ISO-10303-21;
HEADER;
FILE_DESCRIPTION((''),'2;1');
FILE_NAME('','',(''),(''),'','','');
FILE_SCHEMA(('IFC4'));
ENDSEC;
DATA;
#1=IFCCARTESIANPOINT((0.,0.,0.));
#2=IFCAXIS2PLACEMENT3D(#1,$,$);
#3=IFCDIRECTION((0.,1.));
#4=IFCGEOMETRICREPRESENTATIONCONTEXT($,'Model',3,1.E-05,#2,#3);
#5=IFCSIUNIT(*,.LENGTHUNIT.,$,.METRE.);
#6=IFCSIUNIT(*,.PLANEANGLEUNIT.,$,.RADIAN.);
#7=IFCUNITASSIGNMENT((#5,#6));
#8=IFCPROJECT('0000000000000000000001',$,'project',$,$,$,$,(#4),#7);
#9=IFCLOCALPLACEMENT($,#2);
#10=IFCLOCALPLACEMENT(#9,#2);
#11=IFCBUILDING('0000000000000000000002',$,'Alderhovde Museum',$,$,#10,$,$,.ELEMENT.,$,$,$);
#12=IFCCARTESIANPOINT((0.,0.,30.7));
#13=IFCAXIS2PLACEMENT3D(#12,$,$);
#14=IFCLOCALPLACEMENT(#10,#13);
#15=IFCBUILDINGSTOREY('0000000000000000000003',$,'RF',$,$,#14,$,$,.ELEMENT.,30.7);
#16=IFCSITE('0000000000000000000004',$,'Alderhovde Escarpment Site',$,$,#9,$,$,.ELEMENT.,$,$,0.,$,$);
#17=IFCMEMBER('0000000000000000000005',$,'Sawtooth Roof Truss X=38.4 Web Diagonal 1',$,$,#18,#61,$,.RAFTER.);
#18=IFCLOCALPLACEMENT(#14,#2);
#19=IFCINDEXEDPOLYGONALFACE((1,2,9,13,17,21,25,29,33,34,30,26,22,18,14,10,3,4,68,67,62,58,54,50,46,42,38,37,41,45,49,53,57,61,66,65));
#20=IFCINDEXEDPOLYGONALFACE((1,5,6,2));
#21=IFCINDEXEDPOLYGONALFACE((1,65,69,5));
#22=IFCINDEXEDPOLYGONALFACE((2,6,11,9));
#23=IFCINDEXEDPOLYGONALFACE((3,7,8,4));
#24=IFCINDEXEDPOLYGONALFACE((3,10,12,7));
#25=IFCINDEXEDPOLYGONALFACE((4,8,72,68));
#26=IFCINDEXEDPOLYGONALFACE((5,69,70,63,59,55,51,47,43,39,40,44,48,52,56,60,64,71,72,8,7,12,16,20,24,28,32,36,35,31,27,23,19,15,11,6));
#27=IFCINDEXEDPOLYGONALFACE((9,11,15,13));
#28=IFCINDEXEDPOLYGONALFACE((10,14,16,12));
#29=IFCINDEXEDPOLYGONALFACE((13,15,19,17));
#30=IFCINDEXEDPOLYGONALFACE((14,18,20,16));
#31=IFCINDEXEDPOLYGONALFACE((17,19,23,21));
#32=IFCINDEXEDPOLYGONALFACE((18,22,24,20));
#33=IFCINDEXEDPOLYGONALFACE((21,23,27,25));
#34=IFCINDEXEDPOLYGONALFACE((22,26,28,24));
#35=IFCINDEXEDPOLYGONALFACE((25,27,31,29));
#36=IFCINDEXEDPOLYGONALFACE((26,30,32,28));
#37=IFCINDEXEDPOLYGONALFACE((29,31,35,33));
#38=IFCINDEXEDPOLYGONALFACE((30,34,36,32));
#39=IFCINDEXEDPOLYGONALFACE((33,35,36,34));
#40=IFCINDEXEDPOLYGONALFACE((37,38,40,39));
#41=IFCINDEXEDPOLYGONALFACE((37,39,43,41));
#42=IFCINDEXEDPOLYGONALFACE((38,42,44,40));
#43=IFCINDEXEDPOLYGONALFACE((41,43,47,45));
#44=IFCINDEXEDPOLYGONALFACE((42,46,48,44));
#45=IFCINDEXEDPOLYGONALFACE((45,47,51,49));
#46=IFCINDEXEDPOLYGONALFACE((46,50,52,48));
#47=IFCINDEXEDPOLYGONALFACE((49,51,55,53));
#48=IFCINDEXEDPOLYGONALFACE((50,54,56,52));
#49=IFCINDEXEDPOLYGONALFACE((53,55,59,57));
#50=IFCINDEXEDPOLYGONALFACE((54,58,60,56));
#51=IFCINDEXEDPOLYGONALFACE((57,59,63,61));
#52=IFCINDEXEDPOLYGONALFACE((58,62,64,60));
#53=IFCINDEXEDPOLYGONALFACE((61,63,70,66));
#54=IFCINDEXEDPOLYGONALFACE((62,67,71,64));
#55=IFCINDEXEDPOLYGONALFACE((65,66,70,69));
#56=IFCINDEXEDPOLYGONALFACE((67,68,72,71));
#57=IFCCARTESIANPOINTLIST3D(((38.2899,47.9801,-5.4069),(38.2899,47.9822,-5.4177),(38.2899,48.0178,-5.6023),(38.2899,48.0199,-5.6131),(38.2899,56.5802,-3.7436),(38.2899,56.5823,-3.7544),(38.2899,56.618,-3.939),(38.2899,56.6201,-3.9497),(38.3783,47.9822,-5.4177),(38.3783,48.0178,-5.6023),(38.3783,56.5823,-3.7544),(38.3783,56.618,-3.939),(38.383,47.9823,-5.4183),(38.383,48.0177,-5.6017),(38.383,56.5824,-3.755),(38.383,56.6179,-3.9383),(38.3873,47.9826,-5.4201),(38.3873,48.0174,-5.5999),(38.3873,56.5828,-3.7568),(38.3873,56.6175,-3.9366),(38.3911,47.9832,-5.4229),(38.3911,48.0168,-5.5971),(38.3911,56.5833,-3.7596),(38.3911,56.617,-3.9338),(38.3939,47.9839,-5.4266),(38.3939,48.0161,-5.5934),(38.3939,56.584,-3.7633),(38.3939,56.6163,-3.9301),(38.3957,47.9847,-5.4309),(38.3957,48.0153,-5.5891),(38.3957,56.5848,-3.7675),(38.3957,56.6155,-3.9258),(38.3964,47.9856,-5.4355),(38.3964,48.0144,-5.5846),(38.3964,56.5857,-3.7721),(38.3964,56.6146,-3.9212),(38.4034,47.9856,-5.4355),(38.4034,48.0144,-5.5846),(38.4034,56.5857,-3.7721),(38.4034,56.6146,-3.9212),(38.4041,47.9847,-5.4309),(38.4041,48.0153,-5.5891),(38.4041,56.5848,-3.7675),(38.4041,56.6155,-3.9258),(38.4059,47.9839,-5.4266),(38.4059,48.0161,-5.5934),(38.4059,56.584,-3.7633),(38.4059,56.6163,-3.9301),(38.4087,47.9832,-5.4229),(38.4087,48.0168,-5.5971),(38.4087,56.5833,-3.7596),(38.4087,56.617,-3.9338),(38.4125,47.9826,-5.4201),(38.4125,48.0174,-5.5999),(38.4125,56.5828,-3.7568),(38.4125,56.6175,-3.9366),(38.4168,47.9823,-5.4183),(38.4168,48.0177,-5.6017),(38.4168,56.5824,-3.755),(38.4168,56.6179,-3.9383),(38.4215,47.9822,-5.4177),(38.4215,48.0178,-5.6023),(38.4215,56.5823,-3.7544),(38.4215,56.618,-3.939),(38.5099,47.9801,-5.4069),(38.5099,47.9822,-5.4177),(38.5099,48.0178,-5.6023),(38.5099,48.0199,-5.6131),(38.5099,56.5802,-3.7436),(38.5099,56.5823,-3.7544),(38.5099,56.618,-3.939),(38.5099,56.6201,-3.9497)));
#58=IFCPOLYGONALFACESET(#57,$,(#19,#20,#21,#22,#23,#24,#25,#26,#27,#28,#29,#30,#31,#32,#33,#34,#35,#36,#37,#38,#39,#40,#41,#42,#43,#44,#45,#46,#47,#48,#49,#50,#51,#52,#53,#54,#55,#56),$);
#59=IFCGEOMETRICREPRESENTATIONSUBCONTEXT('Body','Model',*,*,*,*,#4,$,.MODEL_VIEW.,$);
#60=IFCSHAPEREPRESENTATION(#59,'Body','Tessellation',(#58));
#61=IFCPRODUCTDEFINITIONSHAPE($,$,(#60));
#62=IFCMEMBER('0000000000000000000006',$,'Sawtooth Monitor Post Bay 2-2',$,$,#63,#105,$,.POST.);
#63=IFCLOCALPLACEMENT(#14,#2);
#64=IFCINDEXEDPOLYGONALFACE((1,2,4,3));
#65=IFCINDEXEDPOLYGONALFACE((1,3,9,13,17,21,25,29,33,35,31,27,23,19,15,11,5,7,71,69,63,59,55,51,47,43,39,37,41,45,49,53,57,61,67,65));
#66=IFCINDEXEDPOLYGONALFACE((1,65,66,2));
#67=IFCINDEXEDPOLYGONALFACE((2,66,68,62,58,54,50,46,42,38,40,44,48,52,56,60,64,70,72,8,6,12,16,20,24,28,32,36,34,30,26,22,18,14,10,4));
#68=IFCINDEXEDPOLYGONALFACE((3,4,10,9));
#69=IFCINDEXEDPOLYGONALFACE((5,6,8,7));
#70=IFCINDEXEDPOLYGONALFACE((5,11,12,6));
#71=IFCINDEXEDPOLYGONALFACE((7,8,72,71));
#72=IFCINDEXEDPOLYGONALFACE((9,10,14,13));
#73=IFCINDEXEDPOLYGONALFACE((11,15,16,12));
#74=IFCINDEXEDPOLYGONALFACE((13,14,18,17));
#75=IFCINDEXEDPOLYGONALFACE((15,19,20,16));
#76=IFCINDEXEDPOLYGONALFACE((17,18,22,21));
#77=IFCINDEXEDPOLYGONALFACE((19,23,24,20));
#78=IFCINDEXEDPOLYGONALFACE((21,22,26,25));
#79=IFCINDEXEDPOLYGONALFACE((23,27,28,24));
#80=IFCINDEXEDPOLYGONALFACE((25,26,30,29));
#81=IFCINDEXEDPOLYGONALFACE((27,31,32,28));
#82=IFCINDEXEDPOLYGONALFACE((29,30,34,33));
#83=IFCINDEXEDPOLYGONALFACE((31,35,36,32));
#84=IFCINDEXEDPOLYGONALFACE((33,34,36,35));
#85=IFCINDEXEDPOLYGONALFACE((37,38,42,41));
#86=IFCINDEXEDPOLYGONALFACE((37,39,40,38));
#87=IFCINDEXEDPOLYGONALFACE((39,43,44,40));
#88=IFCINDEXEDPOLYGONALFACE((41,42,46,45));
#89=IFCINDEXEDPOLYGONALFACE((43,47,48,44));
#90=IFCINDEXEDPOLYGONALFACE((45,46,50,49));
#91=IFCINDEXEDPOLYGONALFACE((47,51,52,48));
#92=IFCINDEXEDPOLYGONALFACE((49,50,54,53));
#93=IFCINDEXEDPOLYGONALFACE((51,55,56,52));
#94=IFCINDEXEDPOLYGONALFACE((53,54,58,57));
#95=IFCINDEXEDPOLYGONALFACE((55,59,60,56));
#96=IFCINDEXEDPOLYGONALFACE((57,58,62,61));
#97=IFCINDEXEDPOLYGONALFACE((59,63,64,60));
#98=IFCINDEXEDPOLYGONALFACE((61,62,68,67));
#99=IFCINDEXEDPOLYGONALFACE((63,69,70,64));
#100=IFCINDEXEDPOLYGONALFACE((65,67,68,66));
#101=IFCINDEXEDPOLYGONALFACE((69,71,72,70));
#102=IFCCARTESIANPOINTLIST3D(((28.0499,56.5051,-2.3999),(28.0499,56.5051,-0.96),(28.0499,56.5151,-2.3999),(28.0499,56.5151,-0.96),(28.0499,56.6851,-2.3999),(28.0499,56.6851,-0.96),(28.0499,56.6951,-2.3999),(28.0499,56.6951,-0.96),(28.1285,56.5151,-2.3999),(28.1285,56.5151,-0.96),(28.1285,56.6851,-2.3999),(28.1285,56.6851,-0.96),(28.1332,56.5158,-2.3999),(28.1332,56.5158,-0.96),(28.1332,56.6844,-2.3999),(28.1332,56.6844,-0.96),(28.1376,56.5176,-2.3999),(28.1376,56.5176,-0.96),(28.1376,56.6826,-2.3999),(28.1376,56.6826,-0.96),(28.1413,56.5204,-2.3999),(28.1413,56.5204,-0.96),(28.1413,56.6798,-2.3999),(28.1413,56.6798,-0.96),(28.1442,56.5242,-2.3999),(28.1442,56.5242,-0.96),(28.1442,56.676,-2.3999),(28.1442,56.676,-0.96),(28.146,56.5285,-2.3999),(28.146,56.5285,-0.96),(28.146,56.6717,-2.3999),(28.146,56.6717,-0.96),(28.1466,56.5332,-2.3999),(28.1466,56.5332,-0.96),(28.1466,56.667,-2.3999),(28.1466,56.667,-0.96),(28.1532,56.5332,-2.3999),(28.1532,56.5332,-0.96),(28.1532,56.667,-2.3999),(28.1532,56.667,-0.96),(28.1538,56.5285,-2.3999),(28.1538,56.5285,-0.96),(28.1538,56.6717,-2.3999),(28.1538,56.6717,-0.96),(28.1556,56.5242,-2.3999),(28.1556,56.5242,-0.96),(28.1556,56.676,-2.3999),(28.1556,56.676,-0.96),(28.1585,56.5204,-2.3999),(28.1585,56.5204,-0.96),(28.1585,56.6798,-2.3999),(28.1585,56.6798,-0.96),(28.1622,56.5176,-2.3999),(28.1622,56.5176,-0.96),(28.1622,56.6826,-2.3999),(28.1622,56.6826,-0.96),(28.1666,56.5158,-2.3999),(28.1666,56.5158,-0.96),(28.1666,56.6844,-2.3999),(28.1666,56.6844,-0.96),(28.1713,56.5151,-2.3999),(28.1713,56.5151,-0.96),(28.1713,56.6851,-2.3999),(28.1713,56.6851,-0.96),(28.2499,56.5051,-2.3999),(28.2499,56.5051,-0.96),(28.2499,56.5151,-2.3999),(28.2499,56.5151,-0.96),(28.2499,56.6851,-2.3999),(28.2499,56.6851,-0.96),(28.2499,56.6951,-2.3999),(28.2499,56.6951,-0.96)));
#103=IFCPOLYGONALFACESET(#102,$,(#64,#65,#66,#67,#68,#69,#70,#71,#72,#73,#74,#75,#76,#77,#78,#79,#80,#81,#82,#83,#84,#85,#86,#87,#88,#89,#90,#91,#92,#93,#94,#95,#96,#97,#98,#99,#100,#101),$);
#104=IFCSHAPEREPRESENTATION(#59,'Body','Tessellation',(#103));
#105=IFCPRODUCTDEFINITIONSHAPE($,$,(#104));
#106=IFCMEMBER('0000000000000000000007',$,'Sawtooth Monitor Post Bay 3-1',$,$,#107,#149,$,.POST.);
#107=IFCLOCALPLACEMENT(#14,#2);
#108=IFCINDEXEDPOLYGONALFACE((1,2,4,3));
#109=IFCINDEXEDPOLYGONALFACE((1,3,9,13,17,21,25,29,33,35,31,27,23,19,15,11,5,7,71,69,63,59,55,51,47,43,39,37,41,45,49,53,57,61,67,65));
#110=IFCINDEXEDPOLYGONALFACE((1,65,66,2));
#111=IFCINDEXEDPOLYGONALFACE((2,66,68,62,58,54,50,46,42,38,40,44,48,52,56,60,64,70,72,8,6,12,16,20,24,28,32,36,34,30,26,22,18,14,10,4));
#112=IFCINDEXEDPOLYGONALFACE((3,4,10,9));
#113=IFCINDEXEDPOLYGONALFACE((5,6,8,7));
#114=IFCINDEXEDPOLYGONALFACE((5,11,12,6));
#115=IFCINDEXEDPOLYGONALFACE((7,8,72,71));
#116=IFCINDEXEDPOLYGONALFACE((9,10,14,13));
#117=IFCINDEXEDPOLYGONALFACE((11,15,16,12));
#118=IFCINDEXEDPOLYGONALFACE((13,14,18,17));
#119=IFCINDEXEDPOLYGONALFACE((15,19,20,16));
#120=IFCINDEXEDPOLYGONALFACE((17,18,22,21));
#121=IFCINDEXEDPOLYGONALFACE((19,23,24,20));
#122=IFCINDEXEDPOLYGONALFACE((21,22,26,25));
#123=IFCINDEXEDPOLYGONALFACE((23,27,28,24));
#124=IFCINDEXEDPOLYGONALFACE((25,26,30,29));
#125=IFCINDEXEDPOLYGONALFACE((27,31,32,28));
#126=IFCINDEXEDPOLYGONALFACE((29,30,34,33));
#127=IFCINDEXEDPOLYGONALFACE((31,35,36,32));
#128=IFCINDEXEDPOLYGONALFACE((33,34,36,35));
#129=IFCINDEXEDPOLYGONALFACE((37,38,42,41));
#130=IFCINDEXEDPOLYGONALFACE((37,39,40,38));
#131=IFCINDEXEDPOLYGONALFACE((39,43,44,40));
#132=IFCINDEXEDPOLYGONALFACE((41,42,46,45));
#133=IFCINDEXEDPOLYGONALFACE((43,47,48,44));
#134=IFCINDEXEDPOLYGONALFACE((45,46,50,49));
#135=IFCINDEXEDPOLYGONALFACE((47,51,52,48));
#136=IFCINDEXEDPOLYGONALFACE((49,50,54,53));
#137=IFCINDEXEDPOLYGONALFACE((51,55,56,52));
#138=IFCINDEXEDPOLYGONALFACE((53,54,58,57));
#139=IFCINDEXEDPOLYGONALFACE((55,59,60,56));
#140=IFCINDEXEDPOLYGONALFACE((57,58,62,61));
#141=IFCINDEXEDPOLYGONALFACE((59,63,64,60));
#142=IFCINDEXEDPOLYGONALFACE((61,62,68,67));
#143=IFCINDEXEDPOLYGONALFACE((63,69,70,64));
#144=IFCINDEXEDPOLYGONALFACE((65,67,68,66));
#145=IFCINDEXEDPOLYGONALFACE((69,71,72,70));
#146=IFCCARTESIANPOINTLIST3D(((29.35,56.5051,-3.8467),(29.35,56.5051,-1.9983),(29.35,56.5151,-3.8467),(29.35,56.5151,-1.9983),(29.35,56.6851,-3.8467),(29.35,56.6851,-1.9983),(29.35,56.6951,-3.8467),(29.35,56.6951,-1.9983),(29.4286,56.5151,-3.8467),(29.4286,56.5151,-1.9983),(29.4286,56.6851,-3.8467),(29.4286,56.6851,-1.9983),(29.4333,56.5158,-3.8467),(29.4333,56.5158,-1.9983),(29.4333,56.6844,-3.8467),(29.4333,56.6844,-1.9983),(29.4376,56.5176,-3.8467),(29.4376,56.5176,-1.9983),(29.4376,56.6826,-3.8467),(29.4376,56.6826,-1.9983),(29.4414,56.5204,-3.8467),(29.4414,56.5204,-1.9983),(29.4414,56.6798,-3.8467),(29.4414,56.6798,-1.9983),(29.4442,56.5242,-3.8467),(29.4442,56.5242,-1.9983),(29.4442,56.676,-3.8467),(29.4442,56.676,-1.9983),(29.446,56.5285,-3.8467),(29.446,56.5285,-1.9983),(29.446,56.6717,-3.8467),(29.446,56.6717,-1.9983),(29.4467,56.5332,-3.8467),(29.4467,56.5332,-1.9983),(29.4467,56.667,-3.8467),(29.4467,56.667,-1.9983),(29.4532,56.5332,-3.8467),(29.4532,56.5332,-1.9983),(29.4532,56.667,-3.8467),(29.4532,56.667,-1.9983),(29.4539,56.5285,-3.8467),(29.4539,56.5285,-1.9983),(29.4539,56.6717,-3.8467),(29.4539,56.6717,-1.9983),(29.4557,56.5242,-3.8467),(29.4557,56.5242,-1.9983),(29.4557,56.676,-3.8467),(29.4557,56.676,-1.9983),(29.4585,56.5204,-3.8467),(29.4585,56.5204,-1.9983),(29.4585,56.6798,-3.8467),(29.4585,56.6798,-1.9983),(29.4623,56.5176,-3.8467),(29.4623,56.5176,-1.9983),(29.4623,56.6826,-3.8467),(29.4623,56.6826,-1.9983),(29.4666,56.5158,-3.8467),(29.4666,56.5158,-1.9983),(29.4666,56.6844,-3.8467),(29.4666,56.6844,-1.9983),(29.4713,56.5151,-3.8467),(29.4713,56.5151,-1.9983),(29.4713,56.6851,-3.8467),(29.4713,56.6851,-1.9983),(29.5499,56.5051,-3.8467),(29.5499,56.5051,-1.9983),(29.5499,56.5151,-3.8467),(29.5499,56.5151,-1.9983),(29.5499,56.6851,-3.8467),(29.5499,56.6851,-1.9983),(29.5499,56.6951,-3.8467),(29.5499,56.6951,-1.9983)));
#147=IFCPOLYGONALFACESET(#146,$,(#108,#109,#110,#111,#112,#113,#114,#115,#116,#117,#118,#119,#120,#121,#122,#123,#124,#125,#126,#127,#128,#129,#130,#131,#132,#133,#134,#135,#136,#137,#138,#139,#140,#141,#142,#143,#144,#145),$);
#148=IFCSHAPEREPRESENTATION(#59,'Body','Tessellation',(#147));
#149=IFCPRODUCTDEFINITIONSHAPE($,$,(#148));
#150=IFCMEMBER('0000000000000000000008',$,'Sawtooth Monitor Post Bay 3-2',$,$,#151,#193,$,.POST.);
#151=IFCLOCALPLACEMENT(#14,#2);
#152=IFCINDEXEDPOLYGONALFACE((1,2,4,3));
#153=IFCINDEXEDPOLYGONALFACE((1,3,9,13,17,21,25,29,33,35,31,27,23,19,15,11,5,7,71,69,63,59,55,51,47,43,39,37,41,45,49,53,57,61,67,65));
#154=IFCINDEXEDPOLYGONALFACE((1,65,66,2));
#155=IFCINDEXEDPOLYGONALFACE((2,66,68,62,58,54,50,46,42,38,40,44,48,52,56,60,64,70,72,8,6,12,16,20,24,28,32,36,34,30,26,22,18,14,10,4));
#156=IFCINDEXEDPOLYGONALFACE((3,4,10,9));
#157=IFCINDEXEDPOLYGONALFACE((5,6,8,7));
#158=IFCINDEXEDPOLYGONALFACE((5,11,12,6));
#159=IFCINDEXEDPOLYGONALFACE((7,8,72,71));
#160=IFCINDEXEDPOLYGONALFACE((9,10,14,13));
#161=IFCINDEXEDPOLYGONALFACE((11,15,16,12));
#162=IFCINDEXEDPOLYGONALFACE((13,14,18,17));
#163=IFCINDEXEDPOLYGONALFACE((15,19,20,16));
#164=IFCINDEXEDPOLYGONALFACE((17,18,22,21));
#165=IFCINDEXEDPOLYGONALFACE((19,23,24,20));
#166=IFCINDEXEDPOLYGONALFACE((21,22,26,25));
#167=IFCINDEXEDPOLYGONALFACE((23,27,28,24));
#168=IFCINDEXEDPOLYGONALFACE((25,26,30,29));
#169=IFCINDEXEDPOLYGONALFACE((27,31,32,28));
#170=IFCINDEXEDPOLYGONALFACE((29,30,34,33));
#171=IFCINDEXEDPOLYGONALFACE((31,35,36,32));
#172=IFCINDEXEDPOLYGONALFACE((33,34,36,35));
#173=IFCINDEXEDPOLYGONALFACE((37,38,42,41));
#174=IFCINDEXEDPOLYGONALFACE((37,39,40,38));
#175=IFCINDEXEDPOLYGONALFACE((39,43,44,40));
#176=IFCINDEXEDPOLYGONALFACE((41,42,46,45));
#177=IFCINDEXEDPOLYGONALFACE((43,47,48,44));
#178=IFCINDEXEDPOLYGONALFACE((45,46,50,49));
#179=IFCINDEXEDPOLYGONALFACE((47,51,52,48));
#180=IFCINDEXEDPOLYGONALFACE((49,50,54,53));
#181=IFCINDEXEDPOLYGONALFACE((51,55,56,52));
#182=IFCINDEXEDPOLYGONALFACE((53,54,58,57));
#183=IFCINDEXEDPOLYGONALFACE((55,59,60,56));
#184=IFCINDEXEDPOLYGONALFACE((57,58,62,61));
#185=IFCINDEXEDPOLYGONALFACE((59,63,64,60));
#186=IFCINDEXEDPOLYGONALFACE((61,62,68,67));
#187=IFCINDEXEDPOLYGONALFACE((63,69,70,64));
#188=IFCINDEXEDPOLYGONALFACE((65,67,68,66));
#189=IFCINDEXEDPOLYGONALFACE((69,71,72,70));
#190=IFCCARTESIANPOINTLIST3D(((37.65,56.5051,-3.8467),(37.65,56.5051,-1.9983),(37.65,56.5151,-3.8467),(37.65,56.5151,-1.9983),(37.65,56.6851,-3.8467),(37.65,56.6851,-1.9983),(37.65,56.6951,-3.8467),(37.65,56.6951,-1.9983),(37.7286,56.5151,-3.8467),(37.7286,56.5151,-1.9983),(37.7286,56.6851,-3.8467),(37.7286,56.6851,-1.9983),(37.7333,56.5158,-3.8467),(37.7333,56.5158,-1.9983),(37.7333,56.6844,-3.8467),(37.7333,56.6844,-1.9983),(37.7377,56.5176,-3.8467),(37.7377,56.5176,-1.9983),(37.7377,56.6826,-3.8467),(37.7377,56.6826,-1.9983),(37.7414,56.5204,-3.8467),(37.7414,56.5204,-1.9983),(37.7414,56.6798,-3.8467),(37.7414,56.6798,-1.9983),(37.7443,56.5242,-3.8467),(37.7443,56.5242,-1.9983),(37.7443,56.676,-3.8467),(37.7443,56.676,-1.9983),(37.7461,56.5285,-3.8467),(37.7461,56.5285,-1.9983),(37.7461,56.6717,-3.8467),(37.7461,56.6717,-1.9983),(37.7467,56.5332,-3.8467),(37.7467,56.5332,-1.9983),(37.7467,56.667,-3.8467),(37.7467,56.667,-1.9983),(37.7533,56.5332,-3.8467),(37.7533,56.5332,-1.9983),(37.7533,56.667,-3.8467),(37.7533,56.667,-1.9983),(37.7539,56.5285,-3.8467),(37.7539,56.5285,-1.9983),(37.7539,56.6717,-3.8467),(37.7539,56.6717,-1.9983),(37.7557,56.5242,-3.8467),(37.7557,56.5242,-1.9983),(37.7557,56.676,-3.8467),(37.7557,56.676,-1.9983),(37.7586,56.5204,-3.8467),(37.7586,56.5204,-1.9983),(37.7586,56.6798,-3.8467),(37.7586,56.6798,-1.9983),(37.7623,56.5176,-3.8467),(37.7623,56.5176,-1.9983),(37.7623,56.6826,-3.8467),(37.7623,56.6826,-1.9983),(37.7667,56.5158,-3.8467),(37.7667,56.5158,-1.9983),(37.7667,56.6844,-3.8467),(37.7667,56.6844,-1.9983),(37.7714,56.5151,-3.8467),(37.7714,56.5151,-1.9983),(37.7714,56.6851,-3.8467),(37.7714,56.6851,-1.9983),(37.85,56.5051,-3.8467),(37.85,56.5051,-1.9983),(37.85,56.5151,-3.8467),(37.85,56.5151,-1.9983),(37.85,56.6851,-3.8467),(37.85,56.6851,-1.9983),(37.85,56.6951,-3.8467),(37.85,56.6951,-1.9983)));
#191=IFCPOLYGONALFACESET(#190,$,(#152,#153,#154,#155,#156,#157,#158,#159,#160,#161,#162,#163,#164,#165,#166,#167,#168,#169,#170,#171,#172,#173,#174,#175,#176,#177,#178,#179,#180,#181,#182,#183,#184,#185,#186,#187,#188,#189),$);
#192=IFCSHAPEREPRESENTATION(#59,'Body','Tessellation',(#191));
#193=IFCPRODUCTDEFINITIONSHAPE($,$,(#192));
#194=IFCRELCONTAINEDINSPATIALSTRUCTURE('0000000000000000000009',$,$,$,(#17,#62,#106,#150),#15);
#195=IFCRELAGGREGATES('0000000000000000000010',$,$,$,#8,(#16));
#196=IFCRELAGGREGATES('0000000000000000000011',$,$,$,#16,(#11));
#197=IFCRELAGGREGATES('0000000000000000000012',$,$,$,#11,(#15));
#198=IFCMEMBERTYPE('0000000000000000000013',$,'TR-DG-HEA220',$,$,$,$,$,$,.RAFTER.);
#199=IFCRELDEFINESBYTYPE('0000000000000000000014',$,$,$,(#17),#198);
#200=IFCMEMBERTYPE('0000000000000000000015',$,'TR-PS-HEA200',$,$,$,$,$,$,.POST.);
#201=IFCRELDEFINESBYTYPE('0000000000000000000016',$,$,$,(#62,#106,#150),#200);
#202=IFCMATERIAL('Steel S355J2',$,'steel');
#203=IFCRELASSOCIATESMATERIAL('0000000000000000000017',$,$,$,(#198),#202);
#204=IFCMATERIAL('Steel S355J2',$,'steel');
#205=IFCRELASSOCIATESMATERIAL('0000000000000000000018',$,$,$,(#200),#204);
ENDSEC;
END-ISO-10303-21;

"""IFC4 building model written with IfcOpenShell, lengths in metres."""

from ifc_helpers import new_model, si_unit, direction, frame, origin, origin_2d, place, context, subcontext, project, spatial, i_section, extrude, material, material_profile, profile_set, type_object, element, save


model = new_model("IFC4")

# Units and contexts
model_context = context("Model", 3, precision=1e-05, world=origin(), true_north=direction((0.0, 1.0)))
body_context = subcontext(model_context, "Body", "Model", "MODEL_VIEW")
ifc_project = project(units=[si_unit("LENGTHUNIT", "METRE"), si_unit("PLANEANGLEUNIT", "RADIAN")], contexts=[model_context])

# Site, building, storey
site_placement = place(None, origin())
site = spatial("IfcSite", under=ifc_project, at=site_placement, Name="Alderhovde Escarpment Site", CompositionType="ELEMENT", RefElevation=0.0)
building_placement = place(site_placement, origin())
building = spatial("IfcBuilding", under=site, at=building_placement, Name="Alderhovde Museum", CompositionType="ELEMENT")
storey_placement = place(building_placement, frame((0.0, 0.0, 30.7)))
storey = spatial("IfcBuildingStorey", under=building, at=storey_placement, Name="RF", CompositionType="ELEMENT", Elevation=30.7)

# Members
ifc_material_1 = material(Name="Steel S355J2", Category="steel")
ifc_material_profile_1 = material_profile(ifc_material_1, i_section(OverallWidth=0.22, OverallDepth=0.21, WebThickness=0.0071, FlangeThickness=0.011, FilletRadius=0.0181, at=origin_2d()), Name="HEA 220")
ifc_profile_set_1 = profile_set([ifc_material_profile_1], Name="Steel S355J2")
member_type_1 = type_object("IfcMemberType", Name="TR-DG-HEA220", PredefinedType="RAFTER", material=ifc_profile_set_1)
member_1_placement = place(storey_placement, frame((38.3999, 48.0, -5.51), z_axis=(0.0, 0.981806, 0.189889), x_axis=(-1.0, 0.0, 0.0)))
element("IfcMember", 1, at=member_1_placement, inside=storey, type_object=member_type_1, Name="Sawtooth Roof Truss X=38.4 Web Diagonal 1", PredefinedType="RAFTER", context=body_context, shape_type="SweptSolid", body=[
    extrude(i_section(OverallWidth=0.22, OverallDepth=0.21, WebThickness=0.0071, FlangeThickness=0.011, FilletRadius=0.0181, at=origin_2d()), origin(), (0.0, 0.0, 1.0), 8.7595),
])
ifc_material_2 = material(Name="Steel S355J2", Category="steel")
ifc_material_profile_2 = material_profile(ifc_material_2, i_section(OverallWidth=0.2, OverallDepth=0.1899, WebThickness=0.0066, FlangeThickness=0.01, FilletRadius=0.0181, at=origin_2d()), Name="HEA 200")
ifc_profile_set_2 = profile_set([ifc_material_profile_2], Name="Steel S355J2")
member_type_2 = type_object("IfcMemberType", Name="TR-PS-HEA200", PredefinedType="POST", material=ifc_profile_set_2)
member_2_placement = place(storey_placement, frame((28.1499, 56.6001, -2.3999), z_axis=(0.0, 0.0, 1.0), x_axis=(1.0, 0.0, 0.0)))
element("IfcMember", 2, at=member_2_placement, inside=storey, type_object=member_type_2, Name="Sawtooth Monitor Post Bay 2-2", PredefinedType="POST", context=body_context, shape_type="SweptSolid", body=[
    extrude(i_section(OverallWidth=0.2, OverallDepth=0.1899, WebThickness=0.0066, FlangeThickness=0.01, FilletRadius=0.0181, at=origin_2d()), origin(), (0.0, 0.0, 1.0), 1.4399),
])
for number, where, z_axis, x_axis, name in (
    (3, (29.45, 56.6001, -3.8467), (0.0, 0.0, 1.0), (1.0, 0.0, 0.0), "Sawtooth Monitor Post Bay 3-1"),
    (4, (37.75, 56.6001, -3.8467), (0.0, 0.0, 1.0), (1.0, 0.0, 0.0), "Sawtooth Monitor Post Bay 3-2"),
):
    element("IfcMember", number, at=place(storey_placement, frame(where, z_axis=z_axis, x_axis=x_axis)), inside=storey, type_object=member_type_2, Name=name, PredefinedType="POST", context=body_context, shape_type="SweptSolid", body=[
        extrude(i_section(OverallWidth=0.2, OverallDepth=0.1899, WebThickness=0.0066, FlangeThickness=0.01, FilletRadius=0.0181, at=origin_2d()), origin(), (0.0, 0.0, 1.0), 1.8484),
    ])

save(model, "model.ifc")
